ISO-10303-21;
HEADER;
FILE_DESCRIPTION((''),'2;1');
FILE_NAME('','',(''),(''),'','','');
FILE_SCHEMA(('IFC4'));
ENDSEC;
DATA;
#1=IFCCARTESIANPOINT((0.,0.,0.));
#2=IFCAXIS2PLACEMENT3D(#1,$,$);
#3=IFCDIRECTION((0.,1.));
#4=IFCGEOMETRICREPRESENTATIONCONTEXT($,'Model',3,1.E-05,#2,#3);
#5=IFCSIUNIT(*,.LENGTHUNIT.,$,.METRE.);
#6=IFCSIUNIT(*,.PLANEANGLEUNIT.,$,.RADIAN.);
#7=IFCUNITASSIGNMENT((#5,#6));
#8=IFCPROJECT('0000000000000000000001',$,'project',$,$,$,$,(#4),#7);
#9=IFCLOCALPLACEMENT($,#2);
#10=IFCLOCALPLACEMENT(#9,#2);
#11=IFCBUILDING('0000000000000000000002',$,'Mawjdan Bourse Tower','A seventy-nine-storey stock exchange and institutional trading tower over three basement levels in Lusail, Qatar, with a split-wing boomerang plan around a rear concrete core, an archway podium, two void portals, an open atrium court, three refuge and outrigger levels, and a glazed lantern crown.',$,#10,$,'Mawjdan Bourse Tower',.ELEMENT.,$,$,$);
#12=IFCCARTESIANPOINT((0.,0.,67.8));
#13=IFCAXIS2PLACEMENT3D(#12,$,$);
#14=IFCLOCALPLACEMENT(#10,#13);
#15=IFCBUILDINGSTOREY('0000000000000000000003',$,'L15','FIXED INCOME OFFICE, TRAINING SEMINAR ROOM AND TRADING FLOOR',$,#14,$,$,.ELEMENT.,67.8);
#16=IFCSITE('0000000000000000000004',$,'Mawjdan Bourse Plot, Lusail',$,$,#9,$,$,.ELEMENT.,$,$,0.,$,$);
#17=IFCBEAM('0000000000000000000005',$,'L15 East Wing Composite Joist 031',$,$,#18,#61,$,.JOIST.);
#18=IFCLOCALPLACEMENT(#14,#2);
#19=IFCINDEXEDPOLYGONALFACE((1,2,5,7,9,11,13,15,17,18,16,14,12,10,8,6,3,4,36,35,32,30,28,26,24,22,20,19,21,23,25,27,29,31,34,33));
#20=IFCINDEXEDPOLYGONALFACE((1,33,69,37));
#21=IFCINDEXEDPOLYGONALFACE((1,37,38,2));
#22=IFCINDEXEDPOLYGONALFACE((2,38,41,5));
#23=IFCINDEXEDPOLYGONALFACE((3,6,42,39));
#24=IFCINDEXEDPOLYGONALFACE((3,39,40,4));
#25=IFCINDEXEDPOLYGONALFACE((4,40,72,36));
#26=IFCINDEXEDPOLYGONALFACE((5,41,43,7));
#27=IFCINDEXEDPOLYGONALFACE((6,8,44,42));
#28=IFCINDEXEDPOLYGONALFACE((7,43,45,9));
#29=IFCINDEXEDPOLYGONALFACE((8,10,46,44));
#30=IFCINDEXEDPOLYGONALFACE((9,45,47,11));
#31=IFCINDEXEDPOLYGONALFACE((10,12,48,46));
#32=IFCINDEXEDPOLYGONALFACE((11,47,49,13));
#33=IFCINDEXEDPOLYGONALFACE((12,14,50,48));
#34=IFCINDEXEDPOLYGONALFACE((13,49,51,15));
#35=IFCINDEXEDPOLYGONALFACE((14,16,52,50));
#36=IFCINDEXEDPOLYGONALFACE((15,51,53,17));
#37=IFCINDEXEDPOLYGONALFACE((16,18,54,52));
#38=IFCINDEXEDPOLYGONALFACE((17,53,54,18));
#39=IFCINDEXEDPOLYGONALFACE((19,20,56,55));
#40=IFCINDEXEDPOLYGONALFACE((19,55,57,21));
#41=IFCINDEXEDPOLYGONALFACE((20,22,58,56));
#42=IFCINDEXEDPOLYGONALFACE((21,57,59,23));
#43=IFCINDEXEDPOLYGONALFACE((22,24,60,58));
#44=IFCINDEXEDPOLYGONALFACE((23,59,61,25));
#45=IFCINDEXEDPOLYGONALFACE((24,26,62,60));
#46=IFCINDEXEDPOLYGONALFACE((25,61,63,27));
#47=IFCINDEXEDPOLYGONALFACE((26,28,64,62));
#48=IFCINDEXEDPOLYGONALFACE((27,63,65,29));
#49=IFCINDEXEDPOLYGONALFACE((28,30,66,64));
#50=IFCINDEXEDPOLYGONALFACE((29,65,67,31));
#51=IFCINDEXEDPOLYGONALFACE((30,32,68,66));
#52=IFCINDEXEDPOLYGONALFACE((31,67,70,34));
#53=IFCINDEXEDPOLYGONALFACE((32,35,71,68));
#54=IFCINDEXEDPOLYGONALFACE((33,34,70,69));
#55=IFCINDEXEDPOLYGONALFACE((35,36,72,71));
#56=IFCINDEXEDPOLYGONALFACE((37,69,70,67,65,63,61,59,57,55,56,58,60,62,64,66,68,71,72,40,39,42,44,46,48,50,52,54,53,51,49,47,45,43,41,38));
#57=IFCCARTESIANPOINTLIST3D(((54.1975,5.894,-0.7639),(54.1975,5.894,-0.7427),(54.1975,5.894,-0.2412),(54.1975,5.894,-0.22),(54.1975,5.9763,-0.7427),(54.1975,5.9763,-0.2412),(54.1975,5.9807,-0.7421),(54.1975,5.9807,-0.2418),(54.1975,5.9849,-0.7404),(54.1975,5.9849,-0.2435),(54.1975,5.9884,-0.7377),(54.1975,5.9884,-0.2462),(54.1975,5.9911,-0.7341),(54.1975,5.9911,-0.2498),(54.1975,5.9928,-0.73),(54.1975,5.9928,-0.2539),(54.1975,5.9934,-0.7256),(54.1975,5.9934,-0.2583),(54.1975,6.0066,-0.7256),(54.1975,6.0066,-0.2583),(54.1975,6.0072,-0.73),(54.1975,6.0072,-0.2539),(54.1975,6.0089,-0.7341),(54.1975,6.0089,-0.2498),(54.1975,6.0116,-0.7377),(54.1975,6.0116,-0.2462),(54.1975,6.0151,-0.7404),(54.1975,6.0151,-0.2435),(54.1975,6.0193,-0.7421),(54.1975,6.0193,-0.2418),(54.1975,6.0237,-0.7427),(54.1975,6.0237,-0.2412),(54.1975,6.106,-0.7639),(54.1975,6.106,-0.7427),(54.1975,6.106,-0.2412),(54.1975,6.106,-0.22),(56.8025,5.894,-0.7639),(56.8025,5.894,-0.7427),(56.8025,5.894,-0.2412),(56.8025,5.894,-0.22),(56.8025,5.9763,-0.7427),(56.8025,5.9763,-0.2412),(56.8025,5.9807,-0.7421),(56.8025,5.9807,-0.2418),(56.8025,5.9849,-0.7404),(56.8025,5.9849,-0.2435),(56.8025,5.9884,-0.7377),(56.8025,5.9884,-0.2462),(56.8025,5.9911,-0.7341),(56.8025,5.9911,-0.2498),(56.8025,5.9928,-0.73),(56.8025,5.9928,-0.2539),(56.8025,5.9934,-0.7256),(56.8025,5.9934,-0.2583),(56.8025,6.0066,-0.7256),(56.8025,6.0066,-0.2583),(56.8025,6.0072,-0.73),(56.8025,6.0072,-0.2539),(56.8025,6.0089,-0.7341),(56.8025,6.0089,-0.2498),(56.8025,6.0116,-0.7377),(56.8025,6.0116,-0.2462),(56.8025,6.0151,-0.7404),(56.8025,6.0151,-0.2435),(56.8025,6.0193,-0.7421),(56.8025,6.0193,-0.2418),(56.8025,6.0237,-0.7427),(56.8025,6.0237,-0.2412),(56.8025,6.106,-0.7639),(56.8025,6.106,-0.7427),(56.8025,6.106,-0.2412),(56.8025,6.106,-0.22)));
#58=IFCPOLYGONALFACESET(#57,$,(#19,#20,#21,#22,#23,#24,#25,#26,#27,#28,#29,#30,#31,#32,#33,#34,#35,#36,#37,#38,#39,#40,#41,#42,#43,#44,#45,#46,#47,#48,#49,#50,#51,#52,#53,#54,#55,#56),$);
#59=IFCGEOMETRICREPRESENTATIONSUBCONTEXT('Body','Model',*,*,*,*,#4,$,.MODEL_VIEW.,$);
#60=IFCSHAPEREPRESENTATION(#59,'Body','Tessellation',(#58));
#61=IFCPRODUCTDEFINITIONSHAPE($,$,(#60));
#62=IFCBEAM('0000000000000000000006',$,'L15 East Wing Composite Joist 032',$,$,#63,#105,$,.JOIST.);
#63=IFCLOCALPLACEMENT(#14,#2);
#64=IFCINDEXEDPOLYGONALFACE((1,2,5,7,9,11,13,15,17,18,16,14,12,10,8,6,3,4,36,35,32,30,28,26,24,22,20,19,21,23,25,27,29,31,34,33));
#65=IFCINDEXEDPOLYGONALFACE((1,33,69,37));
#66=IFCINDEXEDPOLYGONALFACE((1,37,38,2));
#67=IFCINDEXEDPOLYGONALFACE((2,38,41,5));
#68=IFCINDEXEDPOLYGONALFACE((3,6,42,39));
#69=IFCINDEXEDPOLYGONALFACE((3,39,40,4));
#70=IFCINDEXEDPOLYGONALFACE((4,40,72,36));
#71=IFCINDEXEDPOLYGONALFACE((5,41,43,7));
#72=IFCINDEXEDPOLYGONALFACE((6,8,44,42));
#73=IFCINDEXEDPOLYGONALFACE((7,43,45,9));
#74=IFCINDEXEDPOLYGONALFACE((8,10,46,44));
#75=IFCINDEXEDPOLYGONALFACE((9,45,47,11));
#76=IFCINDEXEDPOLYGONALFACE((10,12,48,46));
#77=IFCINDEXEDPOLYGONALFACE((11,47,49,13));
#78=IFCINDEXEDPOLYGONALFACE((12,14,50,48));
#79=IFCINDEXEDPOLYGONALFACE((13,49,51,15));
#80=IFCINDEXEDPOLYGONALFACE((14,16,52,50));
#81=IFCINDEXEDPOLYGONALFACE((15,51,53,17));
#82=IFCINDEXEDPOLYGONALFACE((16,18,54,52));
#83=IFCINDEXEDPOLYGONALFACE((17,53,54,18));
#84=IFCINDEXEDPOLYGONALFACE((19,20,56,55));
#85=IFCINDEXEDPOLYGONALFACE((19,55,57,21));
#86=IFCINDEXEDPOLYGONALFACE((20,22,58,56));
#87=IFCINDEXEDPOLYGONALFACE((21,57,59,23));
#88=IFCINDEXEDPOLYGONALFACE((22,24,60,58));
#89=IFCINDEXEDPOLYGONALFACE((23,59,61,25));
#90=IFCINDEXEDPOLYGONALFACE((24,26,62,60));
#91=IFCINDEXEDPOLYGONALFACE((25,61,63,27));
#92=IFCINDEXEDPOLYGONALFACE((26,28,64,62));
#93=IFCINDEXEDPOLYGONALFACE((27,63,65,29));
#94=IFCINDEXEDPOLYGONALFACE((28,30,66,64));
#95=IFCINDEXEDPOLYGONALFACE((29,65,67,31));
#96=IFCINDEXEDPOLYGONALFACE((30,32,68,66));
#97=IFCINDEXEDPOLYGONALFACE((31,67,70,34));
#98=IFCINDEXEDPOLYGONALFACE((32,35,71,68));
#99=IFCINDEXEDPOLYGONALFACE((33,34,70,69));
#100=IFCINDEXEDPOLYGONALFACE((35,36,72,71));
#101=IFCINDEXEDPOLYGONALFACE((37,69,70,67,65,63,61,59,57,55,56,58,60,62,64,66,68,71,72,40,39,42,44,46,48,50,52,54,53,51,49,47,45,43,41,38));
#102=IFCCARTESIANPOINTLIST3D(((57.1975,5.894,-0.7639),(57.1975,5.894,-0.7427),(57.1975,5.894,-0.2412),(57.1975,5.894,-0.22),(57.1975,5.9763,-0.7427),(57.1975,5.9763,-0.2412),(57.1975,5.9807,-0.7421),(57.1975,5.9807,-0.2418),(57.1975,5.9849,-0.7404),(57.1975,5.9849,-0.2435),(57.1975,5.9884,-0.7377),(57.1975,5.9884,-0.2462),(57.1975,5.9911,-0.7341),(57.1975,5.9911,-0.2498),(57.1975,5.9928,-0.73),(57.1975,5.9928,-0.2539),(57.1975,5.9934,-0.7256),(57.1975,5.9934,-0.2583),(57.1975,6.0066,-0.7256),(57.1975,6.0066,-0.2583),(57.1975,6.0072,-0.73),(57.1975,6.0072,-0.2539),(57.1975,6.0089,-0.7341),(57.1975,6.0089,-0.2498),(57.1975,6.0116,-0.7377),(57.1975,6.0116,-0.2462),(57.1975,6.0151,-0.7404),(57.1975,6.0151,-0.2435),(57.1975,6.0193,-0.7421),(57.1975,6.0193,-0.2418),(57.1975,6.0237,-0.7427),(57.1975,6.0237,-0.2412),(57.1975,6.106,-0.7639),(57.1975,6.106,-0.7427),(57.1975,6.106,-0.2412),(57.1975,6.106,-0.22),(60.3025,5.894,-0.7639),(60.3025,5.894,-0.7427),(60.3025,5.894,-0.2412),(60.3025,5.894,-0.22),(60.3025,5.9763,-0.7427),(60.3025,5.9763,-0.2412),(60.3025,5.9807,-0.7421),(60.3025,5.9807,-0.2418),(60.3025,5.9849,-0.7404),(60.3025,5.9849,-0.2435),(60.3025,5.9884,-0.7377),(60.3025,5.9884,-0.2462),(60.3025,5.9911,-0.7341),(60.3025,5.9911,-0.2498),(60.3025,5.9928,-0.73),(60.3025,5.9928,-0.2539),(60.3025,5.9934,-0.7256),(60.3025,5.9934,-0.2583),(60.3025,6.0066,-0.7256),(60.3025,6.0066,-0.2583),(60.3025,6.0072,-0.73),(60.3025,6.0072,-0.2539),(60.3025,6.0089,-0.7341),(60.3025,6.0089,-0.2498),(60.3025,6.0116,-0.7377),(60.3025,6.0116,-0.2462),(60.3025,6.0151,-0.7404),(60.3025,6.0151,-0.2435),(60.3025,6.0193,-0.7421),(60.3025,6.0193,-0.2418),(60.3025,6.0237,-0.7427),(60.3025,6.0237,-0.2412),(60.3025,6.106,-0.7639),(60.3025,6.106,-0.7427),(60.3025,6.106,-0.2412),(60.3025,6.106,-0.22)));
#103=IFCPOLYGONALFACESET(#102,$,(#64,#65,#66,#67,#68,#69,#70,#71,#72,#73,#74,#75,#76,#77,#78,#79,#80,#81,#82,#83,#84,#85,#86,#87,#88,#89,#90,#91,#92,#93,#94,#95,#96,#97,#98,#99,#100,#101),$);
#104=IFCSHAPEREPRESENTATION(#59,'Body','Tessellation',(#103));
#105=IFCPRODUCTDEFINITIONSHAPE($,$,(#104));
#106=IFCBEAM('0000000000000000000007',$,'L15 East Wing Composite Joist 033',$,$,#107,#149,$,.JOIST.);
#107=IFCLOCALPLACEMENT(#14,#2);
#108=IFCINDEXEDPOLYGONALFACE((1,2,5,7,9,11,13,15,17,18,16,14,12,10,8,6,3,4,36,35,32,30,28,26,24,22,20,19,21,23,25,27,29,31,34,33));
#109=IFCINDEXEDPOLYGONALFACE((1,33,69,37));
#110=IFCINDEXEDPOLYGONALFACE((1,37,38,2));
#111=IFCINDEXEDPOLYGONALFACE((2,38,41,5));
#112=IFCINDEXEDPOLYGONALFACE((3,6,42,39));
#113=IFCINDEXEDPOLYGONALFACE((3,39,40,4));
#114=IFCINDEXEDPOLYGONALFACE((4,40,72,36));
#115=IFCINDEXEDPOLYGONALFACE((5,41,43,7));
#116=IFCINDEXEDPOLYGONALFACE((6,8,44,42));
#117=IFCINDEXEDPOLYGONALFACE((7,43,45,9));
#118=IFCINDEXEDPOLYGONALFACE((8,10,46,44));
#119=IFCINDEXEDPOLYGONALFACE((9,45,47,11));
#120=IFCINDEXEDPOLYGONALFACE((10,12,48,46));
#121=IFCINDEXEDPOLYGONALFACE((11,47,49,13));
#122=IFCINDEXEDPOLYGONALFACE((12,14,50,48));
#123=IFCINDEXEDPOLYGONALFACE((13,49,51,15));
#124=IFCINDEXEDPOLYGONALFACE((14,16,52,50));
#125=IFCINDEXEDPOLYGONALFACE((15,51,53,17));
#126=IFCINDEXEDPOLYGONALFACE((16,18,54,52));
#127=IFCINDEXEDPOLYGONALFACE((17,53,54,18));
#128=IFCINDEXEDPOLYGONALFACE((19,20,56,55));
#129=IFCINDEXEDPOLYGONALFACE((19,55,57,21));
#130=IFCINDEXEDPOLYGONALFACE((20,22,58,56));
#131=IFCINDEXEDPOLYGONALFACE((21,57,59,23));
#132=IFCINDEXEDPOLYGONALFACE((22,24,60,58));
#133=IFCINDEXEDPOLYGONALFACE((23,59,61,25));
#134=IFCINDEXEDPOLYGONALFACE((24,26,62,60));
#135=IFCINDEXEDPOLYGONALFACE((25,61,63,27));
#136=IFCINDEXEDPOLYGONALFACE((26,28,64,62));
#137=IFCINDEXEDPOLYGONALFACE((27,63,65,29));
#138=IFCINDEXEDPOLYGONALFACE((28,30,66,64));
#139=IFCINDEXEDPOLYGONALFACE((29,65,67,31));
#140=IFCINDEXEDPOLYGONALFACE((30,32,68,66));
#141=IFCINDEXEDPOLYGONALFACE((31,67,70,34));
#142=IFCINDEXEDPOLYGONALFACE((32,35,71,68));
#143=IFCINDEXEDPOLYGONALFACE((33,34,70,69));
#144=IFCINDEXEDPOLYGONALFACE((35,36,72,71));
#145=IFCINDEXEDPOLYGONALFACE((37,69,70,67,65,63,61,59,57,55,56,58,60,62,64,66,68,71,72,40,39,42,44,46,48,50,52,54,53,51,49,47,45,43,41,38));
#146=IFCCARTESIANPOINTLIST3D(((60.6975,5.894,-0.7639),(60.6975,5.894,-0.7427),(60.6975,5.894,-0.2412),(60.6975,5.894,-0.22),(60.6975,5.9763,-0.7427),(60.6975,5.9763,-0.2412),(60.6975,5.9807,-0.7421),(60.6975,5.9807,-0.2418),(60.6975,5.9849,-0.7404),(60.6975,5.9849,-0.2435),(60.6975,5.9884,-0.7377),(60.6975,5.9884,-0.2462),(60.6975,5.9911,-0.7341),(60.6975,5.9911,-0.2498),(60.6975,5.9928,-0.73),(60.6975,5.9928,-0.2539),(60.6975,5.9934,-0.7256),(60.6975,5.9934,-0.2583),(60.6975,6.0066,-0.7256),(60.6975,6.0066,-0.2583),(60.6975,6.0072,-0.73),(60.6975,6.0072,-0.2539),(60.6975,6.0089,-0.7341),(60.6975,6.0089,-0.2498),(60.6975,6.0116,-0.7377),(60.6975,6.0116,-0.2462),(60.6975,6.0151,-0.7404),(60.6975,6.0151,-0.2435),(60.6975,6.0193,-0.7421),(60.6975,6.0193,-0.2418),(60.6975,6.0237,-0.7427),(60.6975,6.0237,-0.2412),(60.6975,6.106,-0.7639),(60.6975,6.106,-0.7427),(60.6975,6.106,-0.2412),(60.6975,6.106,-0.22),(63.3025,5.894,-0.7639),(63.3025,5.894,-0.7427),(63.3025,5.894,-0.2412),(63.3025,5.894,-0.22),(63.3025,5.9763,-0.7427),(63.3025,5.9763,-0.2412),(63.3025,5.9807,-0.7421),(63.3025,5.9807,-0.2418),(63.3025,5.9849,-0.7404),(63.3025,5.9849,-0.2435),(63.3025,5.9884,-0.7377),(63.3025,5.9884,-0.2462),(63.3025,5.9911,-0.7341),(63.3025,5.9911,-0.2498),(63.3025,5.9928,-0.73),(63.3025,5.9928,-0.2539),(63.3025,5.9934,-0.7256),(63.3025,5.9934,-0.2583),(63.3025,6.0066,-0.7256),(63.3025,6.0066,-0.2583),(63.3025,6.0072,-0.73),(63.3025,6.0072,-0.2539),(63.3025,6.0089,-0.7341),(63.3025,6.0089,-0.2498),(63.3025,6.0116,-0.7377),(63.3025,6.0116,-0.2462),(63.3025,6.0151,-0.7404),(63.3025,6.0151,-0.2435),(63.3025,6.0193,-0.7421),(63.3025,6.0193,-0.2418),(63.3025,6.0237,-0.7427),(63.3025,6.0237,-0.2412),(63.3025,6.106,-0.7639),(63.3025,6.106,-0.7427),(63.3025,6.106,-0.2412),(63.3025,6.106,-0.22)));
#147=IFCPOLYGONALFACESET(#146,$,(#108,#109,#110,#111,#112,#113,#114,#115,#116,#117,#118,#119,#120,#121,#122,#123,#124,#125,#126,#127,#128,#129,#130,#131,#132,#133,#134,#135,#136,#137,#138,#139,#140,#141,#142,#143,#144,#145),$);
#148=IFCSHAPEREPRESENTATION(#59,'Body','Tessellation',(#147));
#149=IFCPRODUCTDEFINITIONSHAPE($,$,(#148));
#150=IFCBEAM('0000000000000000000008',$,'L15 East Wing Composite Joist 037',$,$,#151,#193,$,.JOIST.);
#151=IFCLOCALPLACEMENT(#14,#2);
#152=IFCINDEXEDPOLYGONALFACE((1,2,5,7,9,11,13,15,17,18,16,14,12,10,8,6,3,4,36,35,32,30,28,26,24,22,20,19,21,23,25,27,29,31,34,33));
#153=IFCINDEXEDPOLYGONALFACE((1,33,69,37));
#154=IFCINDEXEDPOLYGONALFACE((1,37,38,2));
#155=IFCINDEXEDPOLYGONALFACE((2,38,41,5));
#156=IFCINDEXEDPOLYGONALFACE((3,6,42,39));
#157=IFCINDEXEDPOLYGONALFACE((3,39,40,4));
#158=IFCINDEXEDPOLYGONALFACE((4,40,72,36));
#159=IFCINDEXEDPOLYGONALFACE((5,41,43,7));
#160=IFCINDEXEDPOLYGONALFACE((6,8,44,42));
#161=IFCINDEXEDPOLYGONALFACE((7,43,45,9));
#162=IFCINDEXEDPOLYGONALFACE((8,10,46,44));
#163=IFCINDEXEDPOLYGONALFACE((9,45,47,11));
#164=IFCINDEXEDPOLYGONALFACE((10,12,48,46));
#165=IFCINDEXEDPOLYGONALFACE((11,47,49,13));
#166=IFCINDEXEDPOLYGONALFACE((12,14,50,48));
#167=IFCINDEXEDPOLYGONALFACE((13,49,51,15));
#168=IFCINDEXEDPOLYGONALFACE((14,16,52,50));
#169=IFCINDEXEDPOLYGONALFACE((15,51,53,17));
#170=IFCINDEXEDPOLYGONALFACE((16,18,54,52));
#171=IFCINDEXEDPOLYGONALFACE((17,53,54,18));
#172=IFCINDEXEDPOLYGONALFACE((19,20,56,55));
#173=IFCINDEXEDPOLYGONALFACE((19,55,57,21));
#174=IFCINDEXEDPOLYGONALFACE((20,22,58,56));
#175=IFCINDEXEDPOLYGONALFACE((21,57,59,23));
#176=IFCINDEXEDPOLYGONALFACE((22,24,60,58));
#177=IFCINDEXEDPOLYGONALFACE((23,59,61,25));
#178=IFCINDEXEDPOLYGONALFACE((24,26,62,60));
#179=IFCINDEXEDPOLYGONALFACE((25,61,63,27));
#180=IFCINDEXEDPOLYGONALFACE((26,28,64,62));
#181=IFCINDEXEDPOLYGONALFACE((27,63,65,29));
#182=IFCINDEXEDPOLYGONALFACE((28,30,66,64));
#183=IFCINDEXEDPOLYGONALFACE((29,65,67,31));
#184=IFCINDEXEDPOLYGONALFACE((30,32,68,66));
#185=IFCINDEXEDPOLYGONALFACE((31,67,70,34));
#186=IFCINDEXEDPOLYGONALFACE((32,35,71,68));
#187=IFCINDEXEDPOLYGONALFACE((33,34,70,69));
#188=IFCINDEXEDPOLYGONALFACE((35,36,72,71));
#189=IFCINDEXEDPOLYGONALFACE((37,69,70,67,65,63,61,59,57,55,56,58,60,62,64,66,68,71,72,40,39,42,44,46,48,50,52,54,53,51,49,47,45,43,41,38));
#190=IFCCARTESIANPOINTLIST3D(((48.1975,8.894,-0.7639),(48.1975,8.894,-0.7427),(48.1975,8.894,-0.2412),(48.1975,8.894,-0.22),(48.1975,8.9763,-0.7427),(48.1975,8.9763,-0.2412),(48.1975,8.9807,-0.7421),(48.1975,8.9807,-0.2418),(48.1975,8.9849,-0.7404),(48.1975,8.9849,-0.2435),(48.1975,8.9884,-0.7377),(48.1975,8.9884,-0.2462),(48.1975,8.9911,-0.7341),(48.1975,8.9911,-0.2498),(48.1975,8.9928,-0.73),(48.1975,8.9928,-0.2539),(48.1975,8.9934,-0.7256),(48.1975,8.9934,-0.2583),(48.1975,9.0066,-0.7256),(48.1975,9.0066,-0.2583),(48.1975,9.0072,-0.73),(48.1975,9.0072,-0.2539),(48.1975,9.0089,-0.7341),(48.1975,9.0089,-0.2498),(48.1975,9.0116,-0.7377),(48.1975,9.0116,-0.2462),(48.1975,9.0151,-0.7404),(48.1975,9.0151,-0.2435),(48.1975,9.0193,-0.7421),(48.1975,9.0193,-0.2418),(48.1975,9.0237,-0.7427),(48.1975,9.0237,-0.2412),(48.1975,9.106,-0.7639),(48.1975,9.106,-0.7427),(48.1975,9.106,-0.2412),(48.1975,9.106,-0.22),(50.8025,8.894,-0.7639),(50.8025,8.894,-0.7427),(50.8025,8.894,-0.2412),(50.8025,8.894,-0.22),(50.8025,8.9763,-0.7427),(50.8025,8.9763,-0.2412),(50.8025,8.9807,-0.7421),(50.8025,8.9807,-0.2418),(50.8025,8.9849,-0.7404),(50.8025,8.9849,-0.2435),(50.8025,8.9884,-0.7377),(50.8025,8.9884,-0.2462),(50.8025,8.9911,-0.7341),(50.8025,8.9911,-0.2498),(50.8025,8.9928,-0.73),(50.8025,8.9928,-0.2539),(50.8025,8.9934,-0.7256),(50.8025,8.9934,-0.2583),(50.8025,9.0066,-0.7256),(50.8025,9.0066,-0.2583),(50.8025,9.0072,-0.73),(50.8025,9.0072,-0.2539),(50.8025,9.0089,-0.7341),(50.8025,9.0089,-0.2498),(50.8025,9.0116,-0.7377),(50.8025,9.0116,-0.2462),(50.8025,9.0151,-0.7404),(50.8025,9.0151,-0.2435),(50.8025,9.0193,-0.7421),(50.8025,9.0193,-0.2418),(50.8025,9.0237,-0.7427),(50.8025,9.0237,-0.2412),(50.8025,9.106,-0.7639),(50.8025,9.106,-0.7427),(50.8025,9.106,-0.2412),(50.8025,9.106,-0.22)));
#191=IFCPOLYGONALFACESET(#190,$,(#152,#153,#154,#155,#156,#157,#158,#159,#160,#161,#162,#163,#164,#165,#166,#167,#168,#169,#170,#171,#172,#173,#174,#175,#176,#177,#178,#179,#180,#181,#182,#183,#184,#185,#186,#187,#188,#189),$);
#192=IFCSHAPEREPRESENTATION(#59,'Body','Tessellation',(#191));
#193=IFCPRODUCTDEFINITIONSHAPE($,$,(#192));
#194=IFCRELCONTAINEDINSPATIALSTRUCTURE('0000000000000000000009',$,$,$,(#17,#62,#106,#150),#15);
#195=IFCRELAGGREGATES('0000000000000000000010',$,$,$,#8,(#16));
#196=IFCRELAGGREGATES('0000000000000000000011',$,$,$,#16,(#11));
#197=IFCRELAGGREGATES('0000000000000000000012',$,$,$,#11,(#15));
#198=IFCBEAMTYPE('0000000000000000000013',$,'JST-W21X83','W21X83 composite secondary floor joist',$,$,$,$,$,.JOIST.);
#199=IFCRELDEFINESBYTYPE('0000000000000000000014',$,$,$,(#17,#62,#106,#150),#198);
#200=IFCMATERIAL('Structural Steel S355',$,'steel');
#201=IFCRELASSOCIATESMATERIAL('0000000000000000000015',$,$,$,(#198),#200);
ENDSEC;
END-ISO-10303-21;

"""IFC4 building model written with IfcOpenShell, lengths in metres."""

from ifc_helpers import new_model, si_unit, direction, frame, origin, origin_2d, place, context, subcontext, project, spatial, i_section, extrude, material, material_profile, profile_set, type_object, element, save


model = new_model("IFC4")

# Units and contexts
model_context = context("Model", 3, precision=1e-05, world=origin(), true_north=direction((0.0, 1.0)))
body_context = subcontext(model_context, "Body", "Model", "MODEL_VIEW")
ifc_project = project(units=[si_unit("LENGTHUNIT", "METRE"), si_unit("PLANEANGLEUNIT", "RADIAN")], contexts=[model_context])

# Site, building, storey
site_placement = place(None, origin())
site = spatial("IfcSite", under=ifc_project, at=site_placement, Name="Mawjdan Bourse Plot, Lusail", CompositionType="ELEMENT", RefElevation=0.0)
building_placement = place(site_placement, origin())
building = spatial("IfcBuilding", under=site, at=building_placement, Name="Mawjdan Bourse Tower", Description="A seventy-nine-storey stock exchange and institutional trading tower over three basement levels in Lusail, Qatar, with a split-wing boomerang plan around a rear concrete core, an archway podium, two void portals, an open atrium court, three refuge and outrigger levels, and a glazed lantern crown.", LongName="Mawjdan Bourse Tower", CompositionType="ELEMENT")
storey_placement = place(building_placement, frame((0.0, 0.0, 67.8)))
storey = spatial("IfcBuildingStorey", under=building, at=storey_placement, Name="L15", Description="FIXED INCOME OFFICE, TRAINING SEMINAR ROOM AND TRADING FLOOR", CompositionType="ELEMENT", Elevation=67.8)

# Beams
ifc_material_1 = material(Name="Structural Steel S355", Category="steel")
ifc_material_profile_1 = material_profile(ifc_material_1, i_section(OverallWidth=0.2119, OverallDepth=0.5439, WebThickness=0.0132, FlangeThickness=0.0212, FilletRadius=0.0171, at=origin_2d()), Name="W21X83")
ifc_profile_set_1 = profile_set([ifc_material_profile_1], Name="Structural Steel S355")
beam_type_1 = type_object("IfcBeamType", Name="JST-W21X83", Description="W21X83 composite secondary floor joist", PredefinedType="JOIST", material=ifc_profile_set_1)
for number, where, z_axis, x_axis, name in (
    (1, (54.1975, 6.0, -0.4919), (1.0, 0.0, 0.0), (0.0, 1.0, 0.0), "L15 East Wing Composite Joist 031"),
):
    element("IfcBeam", number, at=place(storey_placement, frame(where, z_axis=z_axis, x_axis=x_axis)), inside=storey, type_object=beam_type_1, Name=name, PredefinedType="JOIST", context=body_context, shape_type="SweptSolid", body=[
        extrude(i_section(OverallWidth=0.2119, OverallDepth=0.5439, WebThickness=0.0132, FlangeThickness=0.0212, FilletRadius=0.0171, at=origin_2d()), origin(), (0.0, 0.0, 1.0), 2.605),
    ])
beam_1_placement = place(storey_placement, frame((57.1975, 6.0, -0.4919), z_axis=(1.0, 0.0, 0.0), x_axis=(0.0, 1.0, 0.0)))
element("IfcBeam", 2, at=beam_1_placement, inside=storey, type_object=beam_type_1, Name="L15 East Wing Composite Joist 032", PredefinedType="JOIST", context=body_context, shape_type="SweptSolid", body=[
    extrude(i_section(OverallWidth=0.2119, OverallDepth=0.5439, WebThickness=0.0132, FlangeThickness=0.0212, FilletRadius=0.0171, at=origin_2d()), origin(), (0.0, 0.0, 1.0), 3.105),
])
for number, where, z_axis, x_axis, name in (
    (3, (60.6975, 6.0, -0.4919), (1.0, 0.0, 0.0), (0.0, 1.0, 0.0), "L15 East Wing Composite Joist 033"),
    (4, (48.1975, 9.0, -0.4919), (1.0, 0.0, 0.0), (0.0, 1.0, 0.0), "L15 East Wing Composite Joist 037"),
):
    element("IfcBeam", number, at=place(storey_placement, frame(where, z_axis=z_axis, x_axis=x_axis)), inside=storey, type_object=beam_type_1, Name=name, PredefinedType="JOIST", context=body_context, shape_type="SweptSolid", body=[
        extrude(i_section(OverallWidth=0.2119, OverallDepth=0.5439, WebThickness=0.0132, FlangeThickness=0.0212, FilletRadius=0.0171, at=origin_2d()), origin(), (0.0, 0.0, 1.0), 2.605),
    ])

save(model, "model.ifc")
